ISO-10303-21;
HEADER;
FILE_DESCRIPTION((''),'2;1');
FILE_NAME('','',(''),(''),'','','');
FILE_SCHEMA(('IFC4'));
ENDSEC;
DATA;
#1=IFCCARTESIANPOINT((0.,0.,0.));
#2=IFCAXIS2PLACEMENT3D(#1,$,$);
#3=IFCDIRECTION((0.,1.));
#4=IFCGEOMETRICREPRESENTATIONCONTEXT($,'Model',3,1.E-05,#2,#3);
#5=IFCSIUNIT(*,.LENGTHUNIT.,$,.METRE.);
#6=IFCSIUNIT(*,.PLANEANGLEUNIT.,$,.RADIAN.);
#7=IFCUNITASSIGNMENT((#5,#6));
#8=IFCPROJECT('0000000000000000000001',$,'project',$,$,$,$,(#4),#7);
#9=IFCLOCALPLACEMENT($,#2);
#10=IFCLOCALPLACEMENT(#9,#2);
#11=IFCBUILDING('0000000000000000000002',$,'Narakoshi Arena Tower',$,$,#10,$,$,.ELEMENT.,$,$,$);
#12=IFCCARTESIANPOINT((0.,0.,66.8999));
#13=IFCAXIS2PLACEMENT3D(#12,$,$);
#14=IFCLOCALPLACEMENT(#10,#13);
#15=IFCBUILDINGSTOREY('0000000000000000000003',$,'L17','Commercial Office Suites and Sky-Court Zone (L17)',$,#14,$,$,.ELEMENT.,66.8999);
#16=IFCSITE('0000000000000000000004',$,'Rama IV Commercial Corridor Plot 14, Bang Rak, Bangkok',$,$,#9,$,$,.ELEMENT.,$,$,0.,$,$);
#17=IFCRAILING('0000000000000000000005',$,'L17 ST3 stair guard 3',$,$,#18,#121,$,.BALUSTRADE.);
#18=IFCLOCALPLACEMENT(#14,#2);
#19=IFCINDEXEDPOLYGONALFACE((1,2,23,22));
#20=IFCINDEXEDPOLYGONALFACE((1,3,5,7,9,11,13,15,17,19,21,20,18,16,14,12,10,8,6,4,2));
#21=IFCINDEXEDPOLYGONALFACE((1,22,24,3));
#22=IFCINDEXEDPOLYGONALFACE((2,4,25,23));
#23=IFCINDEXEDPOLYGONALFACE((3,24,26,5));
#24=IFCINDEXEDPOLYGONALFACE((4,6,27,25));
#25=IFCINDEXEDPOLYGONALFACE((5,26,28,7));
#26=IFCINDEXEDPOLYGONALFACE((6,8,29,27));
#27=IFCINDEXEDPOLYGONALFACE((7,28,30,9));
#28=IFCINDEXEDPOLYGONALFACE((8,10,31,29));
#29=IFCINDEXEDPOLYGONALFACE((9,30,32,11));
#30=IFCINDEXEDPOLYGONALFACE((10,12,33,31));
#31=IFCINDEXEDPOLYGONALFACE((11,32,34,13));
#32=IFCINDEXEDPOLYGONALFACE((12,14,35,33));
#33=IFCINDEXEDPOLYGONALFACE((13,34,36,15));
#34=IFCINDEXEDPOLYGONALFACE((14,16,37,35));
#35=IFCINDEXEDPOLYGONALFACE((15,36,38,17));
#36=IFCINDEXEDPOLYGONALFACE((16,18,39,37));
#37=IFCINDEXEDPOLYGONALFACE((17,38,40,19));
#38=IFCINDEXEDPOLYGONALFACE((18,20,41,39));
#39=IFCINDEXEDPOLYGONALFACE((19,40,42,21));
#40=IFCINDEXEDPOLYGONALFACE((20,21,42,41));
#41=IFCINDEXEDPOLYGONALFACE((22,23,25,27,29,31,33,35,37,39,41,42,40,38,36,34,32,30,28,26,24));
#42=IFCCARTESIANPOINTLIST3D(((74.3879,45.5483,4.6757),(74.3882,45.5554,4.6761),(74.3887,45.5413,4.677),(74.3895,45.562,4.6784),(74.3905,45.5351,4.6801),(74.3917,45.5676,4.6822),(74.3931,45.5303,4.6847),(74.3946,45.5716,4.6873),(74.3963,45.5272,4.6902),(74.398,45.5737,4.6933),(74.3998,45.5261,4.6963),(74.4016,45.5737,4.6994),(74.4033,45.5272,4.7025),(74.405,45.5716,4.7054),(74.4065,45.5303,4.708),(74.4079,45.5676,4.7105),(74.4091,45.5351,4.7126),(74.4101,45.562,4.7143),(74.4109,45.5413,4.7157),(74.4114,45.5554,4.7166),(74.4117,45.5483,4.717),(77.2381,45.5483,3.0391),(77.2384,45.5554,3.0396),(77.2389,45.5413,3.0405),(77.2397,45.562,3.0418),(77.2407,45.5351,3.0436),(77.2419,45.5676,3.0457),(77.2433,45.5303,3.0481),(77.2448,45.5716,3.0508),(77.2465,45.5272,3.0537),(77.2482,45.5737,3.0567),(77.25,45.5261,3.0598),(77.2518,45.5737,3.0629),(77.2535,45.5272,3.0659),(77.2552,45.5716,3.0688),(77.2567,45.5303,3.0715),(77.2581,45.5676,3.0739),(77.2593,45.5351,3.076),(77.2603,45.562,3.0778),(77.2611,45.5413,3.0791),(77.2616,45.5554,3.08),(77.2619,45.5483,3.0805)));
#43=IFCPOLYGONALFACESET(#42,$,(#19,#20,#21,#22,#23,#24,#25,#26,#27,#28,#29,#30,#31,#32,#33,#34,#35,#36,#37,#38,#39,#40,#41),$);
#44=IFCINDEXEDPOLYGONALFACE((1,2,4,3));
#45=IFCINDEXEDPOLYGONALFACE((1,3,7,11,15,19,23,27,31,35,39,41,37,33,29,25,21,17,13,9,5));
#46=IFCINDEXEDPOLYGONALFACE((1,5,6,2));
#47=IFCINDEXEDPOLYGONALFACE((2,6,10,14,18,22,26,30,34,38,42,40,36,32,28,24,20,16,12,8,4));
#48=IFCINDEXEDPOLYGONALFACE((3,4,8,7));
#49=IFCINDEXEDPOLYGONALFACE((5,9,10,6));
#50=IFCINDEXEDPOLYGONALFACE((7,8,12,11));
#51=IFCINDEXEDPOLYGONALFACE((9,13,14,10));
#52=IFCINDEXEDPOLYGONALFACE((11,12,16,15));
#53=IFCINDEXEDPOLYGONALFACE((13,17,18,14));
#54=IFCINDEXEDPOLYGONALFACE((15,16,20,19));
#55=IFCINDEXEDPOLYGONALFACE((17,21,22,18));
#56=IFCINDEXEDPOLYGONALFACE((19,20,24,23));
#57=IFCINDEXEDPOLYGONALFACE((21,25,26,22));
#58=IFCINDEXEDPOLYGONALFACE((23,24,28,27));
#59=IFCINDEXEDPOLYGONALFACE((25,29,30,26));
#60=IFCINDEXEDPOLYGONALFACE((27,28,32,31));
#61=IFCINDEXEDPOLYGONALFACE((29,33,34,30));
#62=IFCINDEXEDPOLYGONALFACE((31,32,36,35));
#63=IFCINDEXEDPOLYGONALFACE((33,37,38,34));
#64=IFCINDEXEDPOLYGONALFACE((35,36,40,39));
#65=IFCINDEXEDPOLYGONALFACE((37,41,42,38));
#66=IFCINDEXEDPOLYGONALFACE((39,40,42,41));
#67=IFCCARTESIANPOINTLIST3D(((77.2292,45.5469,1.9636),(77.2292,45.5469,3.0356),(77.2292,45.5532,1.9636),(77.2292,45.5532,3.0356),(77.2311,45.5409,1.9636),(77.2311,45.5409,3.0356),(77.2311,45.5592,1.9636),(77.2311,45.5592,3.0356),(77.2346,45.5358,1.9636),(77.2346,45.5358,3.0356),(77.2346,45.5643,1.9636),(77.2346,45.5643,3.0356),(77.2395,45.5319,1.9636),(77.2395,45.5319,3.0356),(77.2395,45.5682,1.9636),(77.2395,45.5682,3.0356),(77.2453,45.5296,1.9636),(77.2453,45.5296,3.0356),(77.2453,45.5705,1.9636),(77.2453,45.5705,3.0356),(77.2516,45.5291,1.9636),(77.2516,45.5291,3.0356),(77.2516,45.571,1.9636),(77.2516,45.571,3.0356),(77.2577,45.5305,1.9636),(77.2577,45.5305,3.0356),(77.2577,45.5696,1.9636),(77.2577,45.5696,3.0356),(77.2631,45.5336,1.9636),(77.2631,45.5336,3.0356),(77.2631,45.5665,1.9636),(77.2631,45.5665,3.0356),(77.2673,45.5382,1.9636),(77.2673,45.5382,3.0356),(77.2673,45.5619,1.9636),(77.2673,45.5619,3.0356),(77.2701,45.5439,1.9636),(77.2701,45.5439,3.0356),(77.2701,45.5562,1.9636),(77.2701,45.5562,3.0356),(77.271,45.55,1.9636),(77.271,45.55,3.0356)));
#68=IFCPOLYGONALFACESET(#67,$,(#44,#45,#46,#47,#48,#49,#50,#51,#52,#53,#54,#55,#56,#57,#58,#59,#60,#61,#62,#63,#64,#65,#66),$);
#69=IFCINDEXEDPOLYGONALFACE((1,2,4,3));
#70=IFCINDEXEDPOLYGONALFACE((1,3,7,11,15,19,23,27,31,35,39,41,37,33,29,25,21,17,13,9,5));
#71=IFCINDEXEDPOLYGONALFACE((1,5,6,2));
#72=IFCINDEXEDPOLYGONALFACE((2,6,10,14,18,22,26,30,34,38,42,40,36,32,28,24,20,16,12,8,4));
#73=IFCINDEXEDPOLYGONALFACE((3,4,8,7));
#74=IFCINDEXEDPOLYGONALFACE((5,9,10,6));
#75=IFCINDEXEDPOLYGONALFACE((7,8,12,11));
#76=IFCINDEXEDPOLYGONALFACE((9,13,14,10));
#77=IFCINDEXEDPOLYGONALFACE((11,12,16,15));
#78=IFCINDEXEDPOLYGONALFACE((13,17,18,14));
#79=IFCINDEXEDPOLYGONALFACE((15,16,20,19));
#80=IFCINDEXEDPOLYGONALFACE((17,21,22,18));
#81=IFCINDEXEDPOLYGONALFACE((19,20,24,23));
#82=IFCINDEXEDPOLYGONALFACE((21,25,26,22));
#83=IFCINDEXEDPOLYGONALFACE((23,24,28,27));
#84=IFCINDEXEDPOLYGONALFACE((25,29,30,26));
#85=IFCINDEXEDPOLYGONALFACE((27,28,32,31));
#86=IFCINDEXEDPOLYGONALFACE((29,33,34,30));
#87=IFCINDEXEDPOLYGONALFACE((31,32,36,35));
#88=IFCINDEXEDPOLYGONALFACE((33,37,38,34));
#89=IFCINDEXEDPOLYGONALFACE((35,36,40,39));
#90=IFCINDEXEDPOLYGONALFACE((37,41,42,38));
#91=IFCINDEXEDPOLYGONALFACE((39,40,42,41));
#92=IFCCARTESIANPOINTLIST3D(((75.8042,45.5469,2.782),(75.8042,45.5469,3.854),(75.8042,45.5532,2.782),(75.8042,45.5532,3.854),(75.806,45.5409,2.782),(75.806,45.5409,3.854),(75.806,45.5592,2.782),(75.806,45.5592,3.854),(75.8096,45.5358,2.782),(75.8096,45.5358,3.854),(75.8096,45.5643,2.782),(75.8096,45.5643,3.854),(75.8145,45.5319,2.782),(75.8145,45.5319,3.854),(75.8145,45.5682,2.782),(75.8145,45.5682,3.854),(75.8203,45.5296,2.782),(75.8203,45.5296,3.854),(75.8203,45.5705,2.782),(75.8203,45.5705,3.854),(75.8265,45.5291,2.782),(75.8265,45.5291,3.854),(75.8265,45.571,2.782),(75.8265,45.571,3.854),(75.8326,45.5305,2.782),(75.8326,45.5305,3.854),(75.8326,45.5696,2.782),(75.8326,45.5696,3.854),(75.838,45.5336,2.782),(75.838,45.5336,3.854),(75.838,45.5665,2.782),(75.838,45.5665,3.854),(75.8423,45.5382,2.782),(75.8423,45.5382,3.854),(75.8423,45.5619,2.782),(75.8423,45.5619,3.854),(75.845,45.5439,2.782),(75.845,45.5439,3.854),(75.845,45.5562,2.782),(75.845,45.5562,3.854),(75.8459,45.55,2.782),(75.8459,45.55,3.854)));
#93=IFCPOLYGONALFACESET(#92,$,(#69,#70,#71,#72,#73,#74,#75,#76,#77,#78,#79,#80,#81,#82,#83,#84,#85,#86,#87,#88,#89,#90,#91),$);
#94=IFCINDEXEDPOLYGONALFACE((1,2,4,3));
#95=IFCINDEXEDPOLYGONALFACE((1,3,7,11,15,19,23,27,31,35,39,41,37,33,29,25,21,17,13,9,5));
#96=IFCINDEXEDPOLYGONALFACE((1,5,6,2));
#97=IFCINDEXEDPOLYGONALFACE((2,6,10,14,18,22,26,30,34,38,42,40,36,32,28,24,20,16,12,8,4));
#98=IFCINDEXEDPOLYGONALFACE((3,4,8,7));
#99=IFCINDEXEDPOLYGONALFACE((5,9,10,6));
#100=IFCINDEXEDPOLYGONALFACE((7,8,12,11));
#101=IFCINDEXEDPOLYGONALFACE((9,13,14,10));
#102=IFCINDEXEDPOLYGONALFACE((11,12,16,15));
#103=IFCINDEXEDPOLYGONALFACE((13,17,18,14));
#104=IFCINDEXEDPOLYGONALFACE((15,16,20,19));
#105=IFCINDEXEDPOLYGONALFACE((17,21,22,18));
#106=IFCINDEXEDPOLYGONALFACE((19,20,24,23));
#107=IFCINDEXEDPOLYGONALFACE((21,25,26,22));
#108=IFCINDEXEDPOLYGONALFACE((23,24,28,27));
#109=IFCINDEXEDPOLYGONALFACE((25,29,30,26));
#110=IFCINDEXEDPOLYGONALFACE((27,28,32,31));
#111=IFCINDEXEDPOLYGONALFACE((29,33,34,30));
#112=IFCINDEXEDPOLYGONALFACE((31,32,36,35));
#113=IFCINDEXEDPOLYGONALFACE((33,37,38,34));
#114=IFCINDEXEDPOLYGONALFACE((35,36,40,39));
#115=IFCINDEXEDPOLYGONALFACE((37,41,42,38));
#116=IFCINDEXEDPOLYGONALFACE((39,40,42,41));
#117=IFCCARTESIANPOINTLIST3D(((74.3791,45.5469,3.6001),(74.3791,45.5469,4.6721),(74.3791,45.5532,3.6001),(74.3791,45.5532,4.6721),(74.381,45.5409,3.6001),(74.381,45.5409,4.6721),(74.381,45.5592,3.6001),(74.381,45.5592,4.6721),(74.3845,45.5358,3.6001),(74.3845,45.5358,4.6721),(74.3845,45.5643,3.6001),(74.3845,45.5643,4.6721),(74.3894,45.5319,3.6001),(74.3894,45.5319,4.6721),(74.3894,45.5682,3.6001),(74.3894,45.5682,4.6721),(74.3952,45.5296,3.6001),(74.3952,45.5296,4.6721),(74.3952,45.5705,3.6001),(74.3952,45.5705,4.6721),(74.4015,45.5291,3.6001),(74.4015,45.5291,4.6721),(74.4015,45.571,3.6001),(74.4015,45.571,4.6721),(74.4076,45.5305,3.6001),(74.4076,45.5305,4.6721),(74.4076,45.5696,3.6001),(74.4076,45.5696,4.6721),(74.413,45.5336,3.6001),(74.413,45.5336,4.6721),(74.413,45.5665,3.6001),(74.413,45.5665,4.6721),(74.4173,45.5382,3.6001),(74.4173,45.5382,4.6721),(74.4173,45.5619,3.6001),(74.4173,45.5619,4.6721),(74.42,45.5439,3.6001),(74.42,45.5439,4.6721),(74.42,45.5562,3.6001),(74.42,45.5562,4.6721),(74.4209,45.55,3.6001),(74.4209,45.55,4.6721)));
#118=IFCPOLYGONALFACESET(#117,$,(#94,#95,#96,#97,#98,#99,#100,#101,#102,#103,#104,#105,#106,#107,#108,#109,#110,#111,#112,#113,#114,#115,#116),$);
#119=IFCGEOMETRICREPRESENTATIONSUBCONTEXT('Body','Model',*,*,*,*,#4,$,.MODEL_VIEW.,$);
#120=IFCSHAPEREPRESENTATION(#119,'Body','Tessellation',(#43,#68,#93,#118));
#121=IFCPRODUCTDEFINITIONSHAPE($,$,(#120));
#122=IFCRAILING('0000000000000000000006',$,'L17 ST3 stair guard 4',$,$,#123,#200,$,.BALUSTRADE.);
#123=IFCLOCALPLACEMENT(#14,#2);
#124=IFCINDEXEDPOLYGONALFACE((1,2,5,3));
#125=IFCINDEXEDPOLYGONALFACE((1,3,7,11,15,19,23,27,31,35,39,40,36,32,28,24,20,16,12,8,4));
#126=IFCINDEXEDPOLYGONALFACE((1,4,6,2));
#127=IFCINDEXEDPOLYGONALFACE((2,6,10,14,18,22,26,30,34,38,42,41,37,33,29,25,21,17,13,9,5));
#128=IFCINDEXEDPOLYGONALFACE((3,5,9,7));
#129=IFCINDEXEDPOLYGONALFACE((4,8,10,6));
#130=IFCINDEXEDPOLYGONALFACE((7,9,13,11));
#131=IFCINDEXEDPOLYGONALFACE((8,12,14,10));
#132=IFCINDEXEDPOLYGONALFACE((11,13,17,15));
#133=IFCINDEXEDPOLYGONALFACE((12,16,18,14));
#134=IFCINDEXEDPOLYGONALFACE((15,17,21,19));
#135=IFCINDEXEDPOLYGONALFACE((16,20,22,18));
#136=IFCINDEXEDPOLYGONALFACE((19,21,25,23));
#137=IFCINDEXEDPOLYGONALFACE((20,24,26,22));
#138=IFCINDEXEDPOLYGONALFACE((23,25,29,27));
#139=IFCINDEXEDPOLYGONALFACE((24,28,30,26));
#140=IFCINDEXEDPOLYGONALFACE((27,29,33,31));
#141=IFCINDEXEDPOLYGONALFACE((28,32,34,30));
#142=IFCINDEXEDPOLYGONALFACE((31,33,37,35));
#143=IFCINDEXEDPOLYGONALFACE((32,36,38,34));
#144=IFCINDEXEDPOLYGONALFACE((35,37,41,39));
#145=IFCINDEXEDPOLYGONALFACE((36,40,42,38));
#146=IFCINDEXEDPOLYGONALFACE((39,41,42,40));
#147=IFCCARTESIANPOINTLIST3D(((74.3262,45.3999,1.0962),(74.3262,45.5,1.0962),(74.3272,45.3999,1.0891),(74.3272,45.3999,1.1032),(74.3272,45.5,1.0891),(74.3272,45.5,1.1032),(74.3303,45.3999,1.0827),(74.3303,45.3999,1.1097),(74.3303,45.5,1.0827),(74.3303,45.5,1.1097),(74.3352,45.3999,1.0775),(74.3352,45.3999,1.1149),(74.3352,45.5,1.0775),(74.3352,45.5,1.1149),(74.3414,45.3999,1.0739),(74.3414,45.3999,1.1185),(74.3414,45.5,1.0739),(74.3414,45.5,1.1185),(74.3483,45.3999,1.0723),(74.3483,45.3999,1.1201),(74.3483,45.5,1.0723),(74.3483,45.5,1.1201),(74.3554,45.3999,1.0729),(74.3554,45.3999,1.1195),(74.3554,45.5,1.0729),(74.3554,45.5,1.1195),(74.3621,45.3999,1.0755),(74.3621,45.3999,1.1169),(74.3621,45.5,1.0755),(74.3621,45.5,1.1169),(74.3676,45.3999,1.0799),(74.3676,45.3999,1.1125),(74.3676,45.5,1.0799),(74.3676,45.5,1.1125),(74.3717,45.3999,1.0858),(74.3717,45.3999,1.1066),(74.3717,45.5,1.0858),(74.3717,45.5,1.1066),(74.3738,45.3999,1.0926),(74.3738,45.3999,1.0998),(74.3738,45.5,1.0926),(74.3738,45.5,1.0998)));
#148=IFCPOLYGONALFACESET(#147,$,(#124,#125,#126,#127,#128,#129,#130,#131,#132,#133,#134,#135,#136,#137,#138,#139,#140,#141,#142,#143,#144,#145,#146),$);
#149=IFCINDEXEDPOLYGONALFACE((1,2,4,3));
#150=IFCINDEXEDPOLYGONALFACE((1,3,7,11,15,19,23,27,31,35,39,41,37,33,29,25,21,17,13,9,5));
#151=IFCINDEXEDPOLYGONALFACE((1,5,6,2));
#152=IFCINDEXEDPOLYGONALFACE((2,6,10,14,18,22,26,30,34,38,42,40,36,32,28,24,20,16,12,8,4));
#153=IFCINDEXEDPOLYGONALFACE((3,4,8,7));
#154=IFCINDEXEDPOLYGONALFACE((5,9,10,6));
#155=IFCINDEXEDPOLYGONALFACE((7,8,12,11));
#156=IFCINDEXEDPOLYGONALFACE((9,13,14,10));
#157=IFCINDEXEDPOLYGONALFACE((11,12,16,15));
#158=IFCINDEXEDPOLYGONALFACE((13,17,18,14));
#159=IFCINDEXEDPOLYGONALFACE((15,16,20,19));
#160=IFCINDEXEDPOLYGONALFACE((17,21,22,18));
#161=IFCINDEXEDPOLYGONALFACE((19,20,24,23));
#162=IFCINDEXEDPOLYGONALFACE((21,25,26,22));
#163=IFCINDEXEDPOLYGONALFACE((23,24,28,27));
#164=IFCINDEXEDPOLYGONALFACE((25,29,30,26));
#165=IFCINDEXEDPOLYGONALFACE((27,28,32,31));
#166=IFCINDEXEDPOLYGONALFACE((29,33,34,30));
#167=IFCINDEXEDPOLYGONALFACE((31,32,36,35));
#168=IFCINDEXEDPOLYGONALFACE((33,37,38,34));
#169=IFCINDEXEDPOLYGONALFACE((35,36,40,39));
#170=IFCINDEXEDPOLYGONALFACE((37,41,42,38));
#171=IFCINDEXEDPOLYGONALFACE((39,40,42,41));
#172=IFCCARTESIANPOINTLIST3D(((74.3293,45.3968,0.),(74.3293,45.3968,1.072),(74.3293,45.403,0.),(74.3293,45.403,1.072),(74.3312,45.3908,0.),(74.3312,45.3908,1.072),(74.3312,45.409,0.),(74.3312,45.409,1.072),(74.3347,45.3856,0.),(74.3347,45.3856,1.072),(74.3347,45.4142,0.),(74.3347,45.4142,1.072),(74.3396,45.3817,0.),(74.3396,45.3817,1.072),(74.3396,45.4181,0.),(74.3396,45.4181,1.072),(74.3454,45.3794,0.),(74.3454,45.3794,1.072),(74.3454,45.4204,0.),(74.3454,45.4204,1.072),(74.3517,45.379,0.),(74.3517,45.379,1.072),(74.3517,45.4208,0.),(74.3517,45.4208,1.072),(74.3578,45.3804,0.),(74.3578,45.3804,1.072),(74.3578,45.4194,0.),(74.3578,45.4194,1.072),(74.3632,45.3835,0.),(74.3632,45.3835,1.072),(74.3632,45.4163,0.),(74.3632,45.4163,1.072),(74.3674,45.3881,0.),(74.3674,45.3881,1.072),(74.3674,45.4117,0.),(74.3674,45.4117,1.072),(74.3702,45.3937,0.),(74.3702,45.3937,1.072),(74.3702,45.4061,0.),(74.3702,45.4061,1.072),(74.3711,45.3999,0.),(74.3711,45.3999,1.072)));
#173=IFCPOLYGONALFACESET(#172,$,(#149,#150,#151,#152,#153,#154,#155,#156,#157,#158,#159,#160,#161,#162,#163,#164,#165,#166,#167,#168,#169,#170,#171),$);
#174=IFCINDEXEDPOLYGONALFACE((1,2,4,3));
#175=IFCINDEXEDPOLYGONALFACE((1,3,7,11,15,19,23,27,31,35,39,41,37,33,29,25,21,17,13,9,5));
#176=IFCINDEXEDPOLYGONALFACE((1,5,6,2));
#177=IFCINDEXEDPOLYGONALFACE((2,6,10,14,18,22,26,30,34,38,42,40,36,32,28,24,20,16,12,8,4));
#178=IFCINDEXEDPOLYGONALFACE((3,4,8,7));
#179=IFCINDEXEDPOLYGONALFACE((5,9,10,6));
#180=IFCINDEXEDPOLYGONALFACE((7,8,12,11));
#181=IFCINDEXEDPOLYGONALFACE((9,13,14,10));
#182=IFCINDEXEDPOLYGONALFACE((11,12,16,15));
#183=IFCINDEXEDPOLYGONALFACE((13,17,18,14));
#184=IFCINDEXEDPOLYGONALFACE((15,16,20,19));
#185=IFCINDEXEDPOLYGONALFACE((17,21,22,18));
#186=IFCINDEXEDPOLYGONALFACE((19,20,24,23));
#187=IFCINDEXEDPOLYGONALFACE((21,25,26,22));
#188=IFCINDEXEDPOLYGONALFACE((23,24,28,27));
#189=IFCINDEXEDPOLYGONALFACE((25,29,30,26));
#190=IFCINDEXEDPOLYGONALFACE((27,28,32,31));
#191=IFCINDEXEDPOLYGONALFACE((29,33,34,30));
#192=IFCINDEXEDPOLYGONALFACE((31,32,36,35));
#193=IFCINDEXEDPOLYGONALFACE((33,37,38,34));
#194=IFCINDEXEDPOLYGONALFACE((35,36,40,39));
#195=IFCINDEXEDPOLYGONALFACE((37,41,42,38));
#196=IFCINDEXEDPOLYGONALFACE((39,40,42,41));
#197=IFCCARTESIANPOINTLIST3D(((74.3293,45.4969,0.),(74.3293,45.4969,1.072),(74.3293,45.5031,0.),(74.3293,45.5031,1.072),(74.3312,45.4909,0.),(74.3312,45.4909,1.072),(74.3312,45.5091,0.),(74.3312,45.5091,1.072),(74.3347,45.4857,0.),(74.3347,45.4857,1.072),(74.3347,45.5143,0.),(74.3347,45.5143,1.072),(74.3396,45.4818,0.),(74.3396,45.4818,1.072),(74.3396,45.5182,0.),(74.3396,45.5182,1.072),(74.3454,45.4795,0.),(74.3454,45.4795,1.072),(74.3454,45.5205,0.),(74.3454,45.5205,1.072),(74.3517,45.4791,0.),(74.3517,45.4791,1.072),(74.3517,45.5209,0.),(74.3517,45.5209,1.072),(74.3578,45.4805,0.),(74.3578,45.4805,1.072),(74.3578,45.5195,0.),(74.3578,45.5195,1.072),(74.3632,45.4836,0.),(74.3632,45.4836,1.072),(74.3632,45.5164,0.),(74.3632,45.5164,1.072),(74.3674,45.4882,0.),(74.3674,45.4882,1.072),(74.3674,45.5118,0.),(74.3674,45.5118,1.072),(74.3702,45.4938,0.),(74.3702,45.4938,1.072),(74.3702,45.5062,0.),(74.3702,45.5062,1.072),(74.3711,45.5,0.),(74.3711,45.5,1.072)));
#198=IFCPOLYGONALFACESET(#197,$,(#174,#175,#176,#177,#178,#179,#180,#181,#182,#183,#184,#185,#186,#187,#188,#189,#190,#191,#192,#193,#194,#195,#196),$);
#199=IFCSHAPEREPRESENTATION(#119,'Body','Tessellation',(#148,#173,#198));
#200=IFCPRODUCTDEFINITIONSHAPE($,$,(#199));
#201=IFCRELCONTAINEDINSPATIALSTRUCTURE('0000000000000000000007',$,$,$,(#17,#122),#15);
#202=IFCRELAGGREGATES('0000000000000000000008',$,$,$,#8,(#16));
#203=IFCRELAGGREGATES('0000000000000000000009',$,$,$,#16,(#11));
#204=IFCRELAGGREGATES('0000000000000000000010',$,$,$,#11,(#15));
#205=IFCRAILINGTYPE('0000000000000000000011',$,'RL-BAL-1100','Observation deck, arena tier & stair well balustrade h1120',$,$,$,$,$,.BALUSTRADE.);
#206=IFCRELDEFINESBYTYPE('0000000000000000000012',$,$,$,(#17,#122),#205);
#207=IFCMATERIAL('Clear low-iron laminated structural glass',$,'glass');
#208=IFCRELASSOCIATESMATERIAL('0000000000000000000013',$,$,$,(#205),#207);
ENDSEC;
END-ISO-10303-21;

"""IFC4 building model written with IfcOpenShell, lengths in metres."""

from ifc_helpers import new_model, si_unit, direction, frame, origin, origin_2d, place, context, subcontext, project, spatial, circle, extrude, material, type_object, element, save


model = new_model("IFC4")

# Units and contexts
model_context = context("Model", 3, precision=1e-05, world=origin(), true_north=direction((0.0, 1.0)))
body_context = subcontext(model_context, "Body", "Model", "MODEL_VIEW")
ifc_project = project(units=[si_unit("LENGTHUNIT", "METRE"), si_unit("PLANEANGLEUNIT", "RADIAN")], contexts=[model_context])

# Site, building, storey
site_placement = place(None, origin())
site = spatial("IfcSite", under=ifc_project, at=site_placement, Name="Rama IV Commercial Corridor Plot 14, Bang Rak, Bangkok", CompositionType="ELEMENT", RefElevation=0.0)
building_placement = place(site_placement, origin())
building = spatial("IfcBuilding", under=site, at=building_placement, Name="Narakoshi Arena Tower", CompositionType="ELEMENT")
storey_placement = place(building_placement, frame((0.0, 0.0, 66.8999)))
storey = spatial("IfcBuildingStorey", under=building, at=storey_placement, Name="L17", Description="Commercial Office Suites and Sky-Court Zone (L17)", CompositionType="ELEMENT", Elevation=66.8999)

# Railings
ifc_material_1 = material(Name="Clear low-iron laminated structural glass", Category="glass")
railing_type_1 = type_object("IfcRailingType", Name="RL-BAL-1100", Description="Observation deck, arena tier & stair well balustrade h1120", PredefinedType="BALUSTRADE", material=ifc_material_1)
railing_1_placement = place(storey_placement, frame((77.25, 45.55, 1.9636)))
element("IfcRailing", 1, at=railing_1_placement, inside=storey, type_object=railing_type_1, Name="L17 ST3 stair guard 3", PredefinedType="BALUSTRADE", context=body_context, shape_type="SweptSolid", body=[
    extrude(circle(Radius=0.0239, at=origin_2d()), frame((0.0, 0.0, 1.0962), z_axis=(-0.867213, 0.0, 0.497938), x_axis=(0.0, -1.0, 0.0)), (0.0, 0.0, 1.0), 3.2866),
    extrude(circle(Radius=0.021, at=origin_2d()), origin(), (0.0, 0.0, 1.0), 1.072),
    extrude(circle(Radius=0.021, at=origin_2d()), frame((-1.425, 0.0, 0.8184)), (0.0, 0.0, 1.0), 1.072),
    extrude(circle(Radius=0.021, at=origin_2d()), frame((-2.8501, 0.0, 1.6365)), (0.0, 0.0, 1.0), 1.072),
])
railing_2_placement = place(storey_placement, frame((74.3501, 45.3999, 0.0)))
element("IfcRailing", 2, at=railing_2_placement, inside=storey, type_object=railing_type_1, Name="L17 ST3 stair guard 4", PredefinedType="BALUSTRADE", context=body_context, shape_type="SweptSolid", body=[
    extrude(circle(Radius=0.0239, at=origin_2d()), frame((0.0, 0.0, 1.0962), z_axis=(0.0, 1.0, 0.0), x_axis=(-1.0, 0.0, 0.0)), (0.0, 0.0, 1.0), 0.1001),
    extrude(circle(Radius=0.021, at=origin_2d()), origin(), (0.0, 0.0, 1.0), 1.072),
    extrude(circle(Radius=0.021, at=origin_2d()), frame((0.0, 0.1001, 0.0)), (0.0, 0.0, 1.0), 1.072),
])

save(model, "model.ifc")
